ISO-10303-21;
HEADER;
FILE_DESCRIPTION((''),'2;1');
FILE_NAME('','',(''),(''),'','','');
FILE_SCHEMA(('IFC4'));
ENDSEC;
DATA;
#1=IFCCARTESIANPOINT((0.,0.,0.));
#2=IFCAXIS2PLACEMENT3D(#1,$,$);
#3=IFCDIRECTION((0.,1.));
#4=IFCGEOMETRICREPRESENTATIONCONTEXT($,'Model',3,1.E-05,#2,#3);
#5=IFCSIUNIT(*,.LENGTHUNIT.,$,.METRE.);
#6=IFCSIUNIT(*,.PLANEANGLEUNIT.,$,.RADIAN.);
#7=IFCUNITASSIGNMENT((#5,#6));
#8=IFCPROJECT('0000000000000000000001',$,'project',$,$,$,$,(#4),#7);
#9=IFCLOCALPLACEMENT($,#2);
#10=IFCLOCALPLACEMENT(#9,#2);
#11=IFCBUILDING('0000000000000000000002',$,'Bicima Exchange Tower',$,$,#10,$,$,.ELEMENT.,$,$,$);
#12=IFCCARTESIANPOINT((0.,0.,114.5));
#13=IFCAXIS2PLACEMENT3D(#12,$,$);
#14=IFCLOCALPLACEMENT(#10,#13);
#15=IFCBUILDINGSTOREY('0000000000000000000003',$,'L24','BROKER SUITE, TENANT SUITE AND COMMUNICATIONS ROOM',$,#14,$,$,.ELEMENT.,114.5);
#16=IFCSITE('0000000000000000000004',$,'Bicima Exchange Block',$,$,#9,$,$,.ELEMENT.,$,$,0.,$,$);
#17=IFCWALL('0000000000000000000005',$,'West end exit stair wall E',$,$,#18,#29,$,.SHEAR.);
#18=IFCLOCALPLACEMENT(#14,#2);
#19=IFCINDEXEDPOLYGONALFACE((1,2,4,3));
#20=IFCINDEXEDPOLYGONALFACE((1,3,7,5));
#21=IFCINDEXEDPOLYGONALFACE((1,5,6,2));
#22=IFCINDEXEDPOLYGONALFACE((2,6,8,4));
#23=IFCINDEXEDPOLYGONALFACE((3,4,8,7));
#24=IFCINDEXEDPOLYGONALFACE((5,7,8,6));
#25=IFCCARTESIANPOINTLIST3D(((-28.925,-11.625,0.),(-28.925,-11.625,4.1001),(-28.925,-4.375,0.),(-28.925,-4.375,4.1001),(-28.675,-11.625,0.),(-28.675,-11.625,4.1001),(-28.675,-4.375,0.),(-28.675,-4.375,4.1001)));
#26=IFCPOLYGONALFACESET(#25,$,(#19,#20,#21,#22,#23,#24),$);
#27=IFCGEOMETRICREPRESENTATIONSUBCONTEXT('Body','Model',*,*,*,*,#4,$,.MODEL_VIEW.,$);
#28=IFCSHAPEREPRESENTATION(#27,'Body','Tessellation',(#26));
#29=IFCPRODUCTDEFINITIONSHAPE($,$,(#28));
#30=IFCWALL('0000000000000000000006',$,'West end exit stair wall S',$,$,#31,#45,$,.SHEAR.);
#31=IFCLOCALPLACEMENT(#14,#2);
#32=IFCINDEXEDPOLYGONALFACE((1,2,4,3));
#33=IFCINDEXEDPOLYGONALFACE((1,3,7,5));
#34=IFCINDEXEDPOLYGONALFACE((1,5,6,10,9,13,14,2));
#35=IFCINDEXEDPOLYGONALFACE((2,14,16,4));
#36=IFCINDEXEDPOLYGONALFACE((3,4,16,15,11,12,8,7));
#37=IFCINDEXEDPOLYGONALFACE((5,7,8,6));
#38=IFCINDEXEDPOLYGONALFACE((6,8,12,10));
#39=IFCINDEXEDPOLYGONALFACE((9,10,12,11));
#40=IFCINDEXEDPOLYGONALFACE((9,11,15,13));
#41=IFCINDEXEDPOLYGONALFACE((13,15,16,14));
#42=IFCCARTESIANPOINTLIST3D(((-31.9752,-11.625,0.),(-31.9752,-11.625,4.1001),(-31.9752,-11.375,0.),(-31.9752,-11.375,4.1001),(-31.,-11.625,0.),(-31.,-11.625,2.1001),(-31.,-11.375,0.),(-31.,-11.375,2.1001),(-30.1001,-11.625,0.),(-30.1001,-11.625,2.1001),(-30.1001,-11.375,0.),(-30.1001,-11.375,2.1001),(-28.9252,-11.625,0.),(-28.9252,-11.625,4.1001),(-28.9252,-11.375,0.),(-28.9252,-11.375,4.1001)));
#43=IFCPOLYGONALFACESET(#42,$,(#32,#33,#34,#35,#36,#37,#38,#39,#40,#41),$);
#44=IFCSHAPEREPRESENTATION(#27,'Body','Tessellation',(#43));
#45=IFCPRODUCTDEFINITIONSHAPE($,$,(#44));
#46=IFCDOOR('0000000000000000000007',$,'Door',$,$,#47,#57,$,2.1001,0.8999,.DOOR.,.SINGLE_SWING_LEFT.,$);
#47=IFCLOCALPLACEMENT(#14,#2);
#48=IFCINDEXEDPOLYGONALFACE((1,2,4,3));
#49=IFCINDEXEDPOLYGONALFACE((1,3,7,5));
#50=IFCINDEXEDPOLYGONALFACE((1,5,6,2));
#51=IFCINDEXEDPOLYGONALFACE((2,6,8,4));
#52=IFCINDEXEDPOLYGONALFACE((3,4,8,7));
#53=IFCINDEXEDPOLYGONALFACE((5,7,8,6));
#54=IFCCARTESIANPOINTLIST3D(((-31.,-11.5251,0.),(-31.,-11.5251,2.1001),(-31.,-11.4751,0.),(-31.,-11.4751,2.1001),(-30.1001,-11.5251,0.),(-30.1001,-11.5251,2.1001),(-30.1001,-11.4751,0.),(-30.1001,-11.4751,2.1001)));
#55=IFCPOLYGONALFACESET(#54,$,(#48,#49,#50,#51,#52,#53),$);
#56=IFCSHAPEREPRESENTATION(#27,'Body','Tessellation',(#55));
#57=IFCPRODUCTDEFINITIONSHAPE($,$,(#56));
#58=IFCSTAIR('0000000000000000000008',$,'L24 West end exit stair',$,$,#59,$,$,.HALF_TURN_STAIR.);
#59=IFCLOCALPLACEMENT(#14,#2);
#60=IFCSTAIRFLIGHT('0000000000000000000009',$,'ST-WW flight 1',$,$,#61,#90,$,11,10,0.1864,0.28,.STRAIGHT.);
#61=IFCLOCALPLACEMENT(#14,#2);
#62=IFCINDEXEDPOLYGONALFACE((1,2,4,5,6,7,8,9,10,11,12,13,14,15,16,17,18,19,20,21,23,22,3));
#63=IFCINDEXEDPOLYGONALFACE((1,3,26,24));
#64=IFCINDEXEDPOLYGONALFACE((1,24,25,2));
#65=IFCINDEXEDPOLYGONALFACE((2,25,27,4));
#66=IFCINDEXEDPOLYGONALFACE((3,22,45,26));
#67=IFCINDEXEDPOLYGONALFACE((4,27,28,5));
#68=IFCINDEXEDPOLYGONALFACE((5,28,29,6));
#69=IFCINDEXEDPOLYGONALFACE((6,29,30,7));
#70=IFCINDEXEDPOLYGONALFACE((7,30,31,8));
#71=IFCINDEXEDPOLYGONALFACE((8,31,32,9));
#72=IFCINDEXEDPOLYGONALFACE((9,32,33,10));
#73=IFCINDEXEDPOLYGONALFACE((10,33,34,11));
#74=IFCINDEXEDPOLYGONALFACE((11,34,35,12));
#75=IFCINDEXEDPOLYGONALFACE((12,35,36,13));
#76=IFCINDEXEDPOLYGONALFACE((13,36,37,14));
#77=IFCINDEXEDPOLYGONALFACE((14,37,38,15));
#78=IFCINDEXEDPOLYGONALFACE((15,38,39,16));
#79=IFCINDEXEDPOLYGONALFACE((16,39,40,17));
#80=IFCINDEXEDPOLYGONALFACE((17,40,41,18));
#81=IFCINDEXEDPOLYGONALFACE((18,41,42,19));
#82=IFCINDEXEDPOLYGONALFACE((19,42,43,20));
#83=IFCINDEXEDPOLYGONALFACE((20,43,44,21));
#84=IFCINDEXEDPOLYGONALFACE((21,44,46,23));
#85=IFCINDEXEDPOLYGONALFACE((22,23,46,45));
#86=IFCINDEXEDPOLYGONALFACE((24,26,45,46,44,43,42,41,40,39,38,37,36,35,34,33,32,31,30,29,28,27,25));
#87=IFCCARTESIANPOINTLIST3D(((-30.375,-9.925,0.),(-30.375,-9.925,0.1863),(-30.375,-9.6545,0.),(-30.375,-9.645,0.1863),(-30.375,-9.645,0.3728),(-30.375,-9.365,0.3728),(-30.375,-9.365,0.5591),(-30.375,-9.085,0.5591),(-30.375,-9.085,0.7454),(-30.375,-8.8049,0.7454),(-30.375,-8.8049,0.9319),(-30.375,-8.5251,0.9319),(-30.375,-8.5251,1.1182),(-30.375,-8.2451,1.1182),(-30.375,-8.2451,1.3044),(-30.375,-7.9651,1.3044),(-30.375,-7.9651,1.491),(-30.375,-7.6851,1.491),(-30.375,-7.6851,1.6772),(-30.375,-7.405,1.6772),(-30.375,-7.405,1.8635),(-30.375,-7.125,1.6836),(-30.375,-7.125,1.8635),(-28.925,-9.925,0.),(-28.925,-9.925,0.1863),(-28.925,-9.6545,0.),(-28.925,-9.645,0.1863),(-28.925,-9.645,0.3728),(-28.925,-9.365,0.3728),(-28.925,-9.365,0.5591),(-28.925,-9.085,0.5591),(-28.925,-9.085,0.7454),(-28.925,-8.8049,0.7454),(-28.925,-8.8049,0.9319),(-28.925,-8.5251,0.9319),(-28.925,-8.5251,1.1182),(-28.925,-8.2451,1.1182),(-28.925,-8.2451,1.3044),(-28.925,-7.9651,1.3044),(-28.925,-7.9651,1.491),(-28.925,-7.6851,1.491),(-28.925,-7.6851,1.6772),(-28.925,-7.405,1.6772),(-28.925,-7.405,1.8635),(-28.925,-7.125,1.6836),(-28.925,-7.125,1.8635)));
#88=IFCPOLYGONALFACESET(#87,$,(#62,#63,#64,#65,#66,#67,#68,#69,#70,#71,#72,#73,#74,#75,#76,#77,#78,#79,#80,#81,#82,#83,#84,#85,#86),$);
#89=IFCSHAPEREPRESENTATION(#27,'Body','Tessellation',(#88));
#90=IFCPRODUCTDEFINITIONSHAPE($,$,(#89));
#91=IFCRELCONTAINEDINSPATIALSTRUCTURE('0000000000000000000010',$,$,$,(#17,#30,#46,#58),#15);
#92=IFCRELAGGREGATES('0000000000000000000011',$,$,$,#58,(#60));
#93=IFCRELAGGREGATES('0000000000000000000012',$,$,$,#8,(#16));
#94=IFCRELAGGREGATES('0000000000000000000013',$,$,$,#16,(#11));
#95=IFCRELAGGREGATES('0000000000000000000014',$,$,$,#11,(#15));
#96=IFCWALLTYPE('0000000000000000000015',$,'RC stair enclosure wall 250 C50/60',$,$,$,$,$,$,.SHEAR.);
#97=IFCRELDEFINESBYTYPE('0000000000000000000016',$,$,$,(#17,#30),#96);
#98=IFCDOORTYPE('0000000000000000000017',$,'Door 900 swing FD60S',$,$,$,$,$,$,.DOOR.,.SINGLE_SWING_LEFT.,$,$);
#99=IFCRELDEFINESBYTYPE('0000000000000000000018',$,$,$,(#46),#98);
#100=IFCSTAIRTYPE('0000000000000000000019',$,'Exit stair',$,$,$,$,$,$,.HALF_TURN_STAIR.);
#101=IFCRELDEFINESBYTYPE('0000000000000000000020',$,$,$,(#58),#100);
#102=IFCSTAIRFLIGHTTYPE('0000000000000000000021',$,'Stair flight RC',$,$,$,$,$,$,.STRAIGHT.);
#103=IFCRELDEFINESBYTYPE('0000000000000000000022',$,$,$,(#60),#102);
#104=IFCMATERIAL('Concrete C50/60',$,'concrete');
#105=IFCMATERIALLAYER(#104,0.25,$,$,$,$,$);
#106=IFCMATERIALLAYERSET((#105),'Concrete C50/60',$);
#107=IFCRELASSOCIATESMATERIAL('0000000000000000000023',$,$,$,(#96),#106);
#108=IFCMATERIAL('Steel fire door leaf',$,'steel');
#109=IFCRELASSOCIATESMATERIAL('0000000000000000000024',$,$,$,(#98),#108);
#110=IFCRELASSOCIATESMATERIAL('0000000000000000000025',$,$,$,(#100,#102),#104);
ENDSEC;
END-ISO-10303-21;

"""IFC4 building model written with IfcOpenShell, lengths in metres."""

from ifc_helpers import new_model, si_unit, direction, frame, frame_2d, origin, place, context, subcontext, project, spatial, polyline, rectangle, outline, extrude, material, layer, layer_set, type_object, element, fill, aggregate, save


model = new_model("IFC4")

# Units and contexts
model_context = context("Model", 3, precision=1e-05, world=origin(), true_north=direction((0.0, 1.0)))
body_context = subcontext(model_context, "Body", "Model", "MODEL_VIEW")
ifc_project = project(units=[si_unit("LENGTHUNIT", "METRE"), si_unit("PLANEANGLEUNIT", "RADIAN")], contexts=[model_context])

# Site, building, storey
site_placement = place(None, origin())
site = spatial("IfcSite", under=ifc_project, at=site_placement, Name="Bicima Exchange Block", CompositionType="ELEMENT", RefElevation=0.0)
building_placement = place(site_placement, origin())
building = spatial("IfcBuilding", under=site, at=building_placement, Name="Bicima Exchange Tower", CompositionType="ELEMENT")
storey_placement = place(building_placement, frame((0.0, 0.0, 114.5)))
storey = spatial("IfcBuildingStorey", under=building, at=storey_placement, Name="L24", Description="BROKER SUITE, TENANT SUITE AND COMMUNICATIONS ROOM", CompositionType="ELEMENT", Elevation=114.5)

# Shared definitions
ifc_material_1 = material(Name="Steel fire door leaf", Category="steel")

# Wall
ifc_material_2 = material(Name="Concrete C50/60", Category="concrete")
ifc_layer_1 = layer(ifc_material_2, 0.25)
ifc_layer_set_1 = layer_set([ifc_layer_1], Name="Concrete C50/60")
wall_type_1 = type_object("IfcWallType", Name="RC stair enclosure wall 250 C50/60", PredefinedType="SHEAR", material=ifc_layer_set_1)
wall_1_placement = place(storey_placement, frame((-28.8, -11.625, 0.0), z_axis=(0.0, 0.0, 1.0), x_axis=(0.0, 1.0, 0.0)))
element("IfcWall", 1, at=wall_1_placement, inside=storey, type_object=wall_type_1, Name="West end exit stair wall E", PredefinedType="SHEAR", context=body_context, shape_type="SweptSolid", body=[
    extrude(rectangle(XDim=7.25, YDim=0.25, at=frame_2d((3.625, 0.0))), origin(), (0.0, 0.0, 1.0), 4.1001),
])

# Wall, opening, door
wall_2_placement = place(storey_placement, frame((-31.9751, -11.5, 0.0), z_axis=(0.0, 0.0, 1.0), x_axis=(1.0, 0.0, 0.0)))
wall_2 = element("IfcWall", 2, at=wall_2_placement, inside=storey, type_object=wall_type_1, Name="West end exit stair wall S", PredefinedType="SHEAR", context=body_context, shape_type="SweptSolid", body=[
    extrude(rectangle(XDim=3.05, YDim=0.25, at=frame_2d((1.5249, 0.0))), origin(), (0.0, 0.0, 1.0), 4.1001),
])
opening_1_placement = place(wall_2_placement, frame((0.9751, 0.0, 0.0)))
opening_1 = element("IfcOpeningElement", 3, at=opening_1_placement, cuts=wall_2, PredefinedType="OPENING", context=body_context, shape_type="SweptSolid", body=[
    extrude(rectangle(XDim=0.8999, YDim=2.1001, at=frame_2d((0.45, 1.05))), frame((0.0, 0.137, 0.0), z_axis=(0.0, -1.0, 0.0), x_axis=(1.0, 0.0, 0.0)), (0.0, 0.0, 1.0), 0.2739),
])
door_type_1 = type_object("IfcDoorType", Name="Door 900 swing FD60S", OperationType="SINGLE_SWING_LEFT", PredefinedType="DOOR", material=ifc_material_1)
door_1_placement = place(opening_1_placement, origin())
door_1 = element("IfcDoor", 4, at=door_1_placement, inside=storey, type_object=door_type_1, Name="Door", OperationType="SINGLE_SWING_LEFT", OverallHeight=2.1001, OverallWidth=0.8999, PredefinedType="DOOR", context=body_context, shape_type="SweptSolid", body=[
    extrude(rectangle(XDim=0.8999, YDim=2.1001, at=frame_2d((0.45, 1.05))), frame((0.0, 0.0249, 0.0), z_axis=(0.0, -1.0, 0.0), x_axis=(1.0, 0.0, 0.0)), (0.0, 0.0, 1.0), 0.05),
])
fill(opening_1, door_1)

# Stair, stair flight
stair_type = type_object("IfcStairType", Name="Exit stair", PredefinedType="HALF_TURN_STAIR", material=ifc_material_2)
stair_placement = place(storey_placement, origin())
stair = element("IfcStair", 5, at=stair_placement, inside=storey, type_object=stair_type, Name="L24 West end exit stair", PredefinedType="HALF_TURN_STAIR")
stair_flight_type = type_object("IfcStairFlightType", Name="Stair flight RC", PredefinedType="STRAIGHT", material=ifc_material_2)
stair_flight_placement = place(storey_placement, frame((-29.6499, -9.925, 0.0), z_axis=(0.0, 0.0, 1.0), x_axis=(0.0, 1.0, 0.0)))
stair_flight = element("IfcStairFlight", 6, at=stair_flight_placement, type_object=stair_flight_type, Name="ST-WW flight 1", NumberOfRisers=11, NumberOfTreads=10, PredefinedType="STRAIGHT", RiserHeight=0.1864, TreadLength=0.28, context=body_context, shape_type="SweptSolid", body=[
    extrude(outline(polyline([(0.0, 0.0), (0.0, 0.1863), (0.28, 0.1863), (0.28, 0.3728), (0.5601, 0.3728), (0.5601, 0.5591), (0.8401, 0.5591), (0.8401, 0.7454), (1.1201, 0.7454), (1.1201, 0.9319), (1.3999, 0.9319), (1.3999, 1.1182), (1.6799, 1.1182), (1.6799, 1.3044), (1.96, 1.3044), (1.96, 1.491), (2.24, 1.491), (2.24, 1.6772), (2.52, 1.6772), (2.52, 1.8635), (2.8, 1.8635), (2.8, 2.05), (2.8, 1.6836), (0.2705, 0.0), (0.0, 0.0)])), frame((0.0, 0.7251, 0.0), z_axis=(0.0, -1.0, 0.0), x_axis=(1.0, 0.0, 0.0)), (0.0, 0.0, 1.0), 1.45),
])
aggregate(stair, [stair_flight])

save(model, "model.ifc")
